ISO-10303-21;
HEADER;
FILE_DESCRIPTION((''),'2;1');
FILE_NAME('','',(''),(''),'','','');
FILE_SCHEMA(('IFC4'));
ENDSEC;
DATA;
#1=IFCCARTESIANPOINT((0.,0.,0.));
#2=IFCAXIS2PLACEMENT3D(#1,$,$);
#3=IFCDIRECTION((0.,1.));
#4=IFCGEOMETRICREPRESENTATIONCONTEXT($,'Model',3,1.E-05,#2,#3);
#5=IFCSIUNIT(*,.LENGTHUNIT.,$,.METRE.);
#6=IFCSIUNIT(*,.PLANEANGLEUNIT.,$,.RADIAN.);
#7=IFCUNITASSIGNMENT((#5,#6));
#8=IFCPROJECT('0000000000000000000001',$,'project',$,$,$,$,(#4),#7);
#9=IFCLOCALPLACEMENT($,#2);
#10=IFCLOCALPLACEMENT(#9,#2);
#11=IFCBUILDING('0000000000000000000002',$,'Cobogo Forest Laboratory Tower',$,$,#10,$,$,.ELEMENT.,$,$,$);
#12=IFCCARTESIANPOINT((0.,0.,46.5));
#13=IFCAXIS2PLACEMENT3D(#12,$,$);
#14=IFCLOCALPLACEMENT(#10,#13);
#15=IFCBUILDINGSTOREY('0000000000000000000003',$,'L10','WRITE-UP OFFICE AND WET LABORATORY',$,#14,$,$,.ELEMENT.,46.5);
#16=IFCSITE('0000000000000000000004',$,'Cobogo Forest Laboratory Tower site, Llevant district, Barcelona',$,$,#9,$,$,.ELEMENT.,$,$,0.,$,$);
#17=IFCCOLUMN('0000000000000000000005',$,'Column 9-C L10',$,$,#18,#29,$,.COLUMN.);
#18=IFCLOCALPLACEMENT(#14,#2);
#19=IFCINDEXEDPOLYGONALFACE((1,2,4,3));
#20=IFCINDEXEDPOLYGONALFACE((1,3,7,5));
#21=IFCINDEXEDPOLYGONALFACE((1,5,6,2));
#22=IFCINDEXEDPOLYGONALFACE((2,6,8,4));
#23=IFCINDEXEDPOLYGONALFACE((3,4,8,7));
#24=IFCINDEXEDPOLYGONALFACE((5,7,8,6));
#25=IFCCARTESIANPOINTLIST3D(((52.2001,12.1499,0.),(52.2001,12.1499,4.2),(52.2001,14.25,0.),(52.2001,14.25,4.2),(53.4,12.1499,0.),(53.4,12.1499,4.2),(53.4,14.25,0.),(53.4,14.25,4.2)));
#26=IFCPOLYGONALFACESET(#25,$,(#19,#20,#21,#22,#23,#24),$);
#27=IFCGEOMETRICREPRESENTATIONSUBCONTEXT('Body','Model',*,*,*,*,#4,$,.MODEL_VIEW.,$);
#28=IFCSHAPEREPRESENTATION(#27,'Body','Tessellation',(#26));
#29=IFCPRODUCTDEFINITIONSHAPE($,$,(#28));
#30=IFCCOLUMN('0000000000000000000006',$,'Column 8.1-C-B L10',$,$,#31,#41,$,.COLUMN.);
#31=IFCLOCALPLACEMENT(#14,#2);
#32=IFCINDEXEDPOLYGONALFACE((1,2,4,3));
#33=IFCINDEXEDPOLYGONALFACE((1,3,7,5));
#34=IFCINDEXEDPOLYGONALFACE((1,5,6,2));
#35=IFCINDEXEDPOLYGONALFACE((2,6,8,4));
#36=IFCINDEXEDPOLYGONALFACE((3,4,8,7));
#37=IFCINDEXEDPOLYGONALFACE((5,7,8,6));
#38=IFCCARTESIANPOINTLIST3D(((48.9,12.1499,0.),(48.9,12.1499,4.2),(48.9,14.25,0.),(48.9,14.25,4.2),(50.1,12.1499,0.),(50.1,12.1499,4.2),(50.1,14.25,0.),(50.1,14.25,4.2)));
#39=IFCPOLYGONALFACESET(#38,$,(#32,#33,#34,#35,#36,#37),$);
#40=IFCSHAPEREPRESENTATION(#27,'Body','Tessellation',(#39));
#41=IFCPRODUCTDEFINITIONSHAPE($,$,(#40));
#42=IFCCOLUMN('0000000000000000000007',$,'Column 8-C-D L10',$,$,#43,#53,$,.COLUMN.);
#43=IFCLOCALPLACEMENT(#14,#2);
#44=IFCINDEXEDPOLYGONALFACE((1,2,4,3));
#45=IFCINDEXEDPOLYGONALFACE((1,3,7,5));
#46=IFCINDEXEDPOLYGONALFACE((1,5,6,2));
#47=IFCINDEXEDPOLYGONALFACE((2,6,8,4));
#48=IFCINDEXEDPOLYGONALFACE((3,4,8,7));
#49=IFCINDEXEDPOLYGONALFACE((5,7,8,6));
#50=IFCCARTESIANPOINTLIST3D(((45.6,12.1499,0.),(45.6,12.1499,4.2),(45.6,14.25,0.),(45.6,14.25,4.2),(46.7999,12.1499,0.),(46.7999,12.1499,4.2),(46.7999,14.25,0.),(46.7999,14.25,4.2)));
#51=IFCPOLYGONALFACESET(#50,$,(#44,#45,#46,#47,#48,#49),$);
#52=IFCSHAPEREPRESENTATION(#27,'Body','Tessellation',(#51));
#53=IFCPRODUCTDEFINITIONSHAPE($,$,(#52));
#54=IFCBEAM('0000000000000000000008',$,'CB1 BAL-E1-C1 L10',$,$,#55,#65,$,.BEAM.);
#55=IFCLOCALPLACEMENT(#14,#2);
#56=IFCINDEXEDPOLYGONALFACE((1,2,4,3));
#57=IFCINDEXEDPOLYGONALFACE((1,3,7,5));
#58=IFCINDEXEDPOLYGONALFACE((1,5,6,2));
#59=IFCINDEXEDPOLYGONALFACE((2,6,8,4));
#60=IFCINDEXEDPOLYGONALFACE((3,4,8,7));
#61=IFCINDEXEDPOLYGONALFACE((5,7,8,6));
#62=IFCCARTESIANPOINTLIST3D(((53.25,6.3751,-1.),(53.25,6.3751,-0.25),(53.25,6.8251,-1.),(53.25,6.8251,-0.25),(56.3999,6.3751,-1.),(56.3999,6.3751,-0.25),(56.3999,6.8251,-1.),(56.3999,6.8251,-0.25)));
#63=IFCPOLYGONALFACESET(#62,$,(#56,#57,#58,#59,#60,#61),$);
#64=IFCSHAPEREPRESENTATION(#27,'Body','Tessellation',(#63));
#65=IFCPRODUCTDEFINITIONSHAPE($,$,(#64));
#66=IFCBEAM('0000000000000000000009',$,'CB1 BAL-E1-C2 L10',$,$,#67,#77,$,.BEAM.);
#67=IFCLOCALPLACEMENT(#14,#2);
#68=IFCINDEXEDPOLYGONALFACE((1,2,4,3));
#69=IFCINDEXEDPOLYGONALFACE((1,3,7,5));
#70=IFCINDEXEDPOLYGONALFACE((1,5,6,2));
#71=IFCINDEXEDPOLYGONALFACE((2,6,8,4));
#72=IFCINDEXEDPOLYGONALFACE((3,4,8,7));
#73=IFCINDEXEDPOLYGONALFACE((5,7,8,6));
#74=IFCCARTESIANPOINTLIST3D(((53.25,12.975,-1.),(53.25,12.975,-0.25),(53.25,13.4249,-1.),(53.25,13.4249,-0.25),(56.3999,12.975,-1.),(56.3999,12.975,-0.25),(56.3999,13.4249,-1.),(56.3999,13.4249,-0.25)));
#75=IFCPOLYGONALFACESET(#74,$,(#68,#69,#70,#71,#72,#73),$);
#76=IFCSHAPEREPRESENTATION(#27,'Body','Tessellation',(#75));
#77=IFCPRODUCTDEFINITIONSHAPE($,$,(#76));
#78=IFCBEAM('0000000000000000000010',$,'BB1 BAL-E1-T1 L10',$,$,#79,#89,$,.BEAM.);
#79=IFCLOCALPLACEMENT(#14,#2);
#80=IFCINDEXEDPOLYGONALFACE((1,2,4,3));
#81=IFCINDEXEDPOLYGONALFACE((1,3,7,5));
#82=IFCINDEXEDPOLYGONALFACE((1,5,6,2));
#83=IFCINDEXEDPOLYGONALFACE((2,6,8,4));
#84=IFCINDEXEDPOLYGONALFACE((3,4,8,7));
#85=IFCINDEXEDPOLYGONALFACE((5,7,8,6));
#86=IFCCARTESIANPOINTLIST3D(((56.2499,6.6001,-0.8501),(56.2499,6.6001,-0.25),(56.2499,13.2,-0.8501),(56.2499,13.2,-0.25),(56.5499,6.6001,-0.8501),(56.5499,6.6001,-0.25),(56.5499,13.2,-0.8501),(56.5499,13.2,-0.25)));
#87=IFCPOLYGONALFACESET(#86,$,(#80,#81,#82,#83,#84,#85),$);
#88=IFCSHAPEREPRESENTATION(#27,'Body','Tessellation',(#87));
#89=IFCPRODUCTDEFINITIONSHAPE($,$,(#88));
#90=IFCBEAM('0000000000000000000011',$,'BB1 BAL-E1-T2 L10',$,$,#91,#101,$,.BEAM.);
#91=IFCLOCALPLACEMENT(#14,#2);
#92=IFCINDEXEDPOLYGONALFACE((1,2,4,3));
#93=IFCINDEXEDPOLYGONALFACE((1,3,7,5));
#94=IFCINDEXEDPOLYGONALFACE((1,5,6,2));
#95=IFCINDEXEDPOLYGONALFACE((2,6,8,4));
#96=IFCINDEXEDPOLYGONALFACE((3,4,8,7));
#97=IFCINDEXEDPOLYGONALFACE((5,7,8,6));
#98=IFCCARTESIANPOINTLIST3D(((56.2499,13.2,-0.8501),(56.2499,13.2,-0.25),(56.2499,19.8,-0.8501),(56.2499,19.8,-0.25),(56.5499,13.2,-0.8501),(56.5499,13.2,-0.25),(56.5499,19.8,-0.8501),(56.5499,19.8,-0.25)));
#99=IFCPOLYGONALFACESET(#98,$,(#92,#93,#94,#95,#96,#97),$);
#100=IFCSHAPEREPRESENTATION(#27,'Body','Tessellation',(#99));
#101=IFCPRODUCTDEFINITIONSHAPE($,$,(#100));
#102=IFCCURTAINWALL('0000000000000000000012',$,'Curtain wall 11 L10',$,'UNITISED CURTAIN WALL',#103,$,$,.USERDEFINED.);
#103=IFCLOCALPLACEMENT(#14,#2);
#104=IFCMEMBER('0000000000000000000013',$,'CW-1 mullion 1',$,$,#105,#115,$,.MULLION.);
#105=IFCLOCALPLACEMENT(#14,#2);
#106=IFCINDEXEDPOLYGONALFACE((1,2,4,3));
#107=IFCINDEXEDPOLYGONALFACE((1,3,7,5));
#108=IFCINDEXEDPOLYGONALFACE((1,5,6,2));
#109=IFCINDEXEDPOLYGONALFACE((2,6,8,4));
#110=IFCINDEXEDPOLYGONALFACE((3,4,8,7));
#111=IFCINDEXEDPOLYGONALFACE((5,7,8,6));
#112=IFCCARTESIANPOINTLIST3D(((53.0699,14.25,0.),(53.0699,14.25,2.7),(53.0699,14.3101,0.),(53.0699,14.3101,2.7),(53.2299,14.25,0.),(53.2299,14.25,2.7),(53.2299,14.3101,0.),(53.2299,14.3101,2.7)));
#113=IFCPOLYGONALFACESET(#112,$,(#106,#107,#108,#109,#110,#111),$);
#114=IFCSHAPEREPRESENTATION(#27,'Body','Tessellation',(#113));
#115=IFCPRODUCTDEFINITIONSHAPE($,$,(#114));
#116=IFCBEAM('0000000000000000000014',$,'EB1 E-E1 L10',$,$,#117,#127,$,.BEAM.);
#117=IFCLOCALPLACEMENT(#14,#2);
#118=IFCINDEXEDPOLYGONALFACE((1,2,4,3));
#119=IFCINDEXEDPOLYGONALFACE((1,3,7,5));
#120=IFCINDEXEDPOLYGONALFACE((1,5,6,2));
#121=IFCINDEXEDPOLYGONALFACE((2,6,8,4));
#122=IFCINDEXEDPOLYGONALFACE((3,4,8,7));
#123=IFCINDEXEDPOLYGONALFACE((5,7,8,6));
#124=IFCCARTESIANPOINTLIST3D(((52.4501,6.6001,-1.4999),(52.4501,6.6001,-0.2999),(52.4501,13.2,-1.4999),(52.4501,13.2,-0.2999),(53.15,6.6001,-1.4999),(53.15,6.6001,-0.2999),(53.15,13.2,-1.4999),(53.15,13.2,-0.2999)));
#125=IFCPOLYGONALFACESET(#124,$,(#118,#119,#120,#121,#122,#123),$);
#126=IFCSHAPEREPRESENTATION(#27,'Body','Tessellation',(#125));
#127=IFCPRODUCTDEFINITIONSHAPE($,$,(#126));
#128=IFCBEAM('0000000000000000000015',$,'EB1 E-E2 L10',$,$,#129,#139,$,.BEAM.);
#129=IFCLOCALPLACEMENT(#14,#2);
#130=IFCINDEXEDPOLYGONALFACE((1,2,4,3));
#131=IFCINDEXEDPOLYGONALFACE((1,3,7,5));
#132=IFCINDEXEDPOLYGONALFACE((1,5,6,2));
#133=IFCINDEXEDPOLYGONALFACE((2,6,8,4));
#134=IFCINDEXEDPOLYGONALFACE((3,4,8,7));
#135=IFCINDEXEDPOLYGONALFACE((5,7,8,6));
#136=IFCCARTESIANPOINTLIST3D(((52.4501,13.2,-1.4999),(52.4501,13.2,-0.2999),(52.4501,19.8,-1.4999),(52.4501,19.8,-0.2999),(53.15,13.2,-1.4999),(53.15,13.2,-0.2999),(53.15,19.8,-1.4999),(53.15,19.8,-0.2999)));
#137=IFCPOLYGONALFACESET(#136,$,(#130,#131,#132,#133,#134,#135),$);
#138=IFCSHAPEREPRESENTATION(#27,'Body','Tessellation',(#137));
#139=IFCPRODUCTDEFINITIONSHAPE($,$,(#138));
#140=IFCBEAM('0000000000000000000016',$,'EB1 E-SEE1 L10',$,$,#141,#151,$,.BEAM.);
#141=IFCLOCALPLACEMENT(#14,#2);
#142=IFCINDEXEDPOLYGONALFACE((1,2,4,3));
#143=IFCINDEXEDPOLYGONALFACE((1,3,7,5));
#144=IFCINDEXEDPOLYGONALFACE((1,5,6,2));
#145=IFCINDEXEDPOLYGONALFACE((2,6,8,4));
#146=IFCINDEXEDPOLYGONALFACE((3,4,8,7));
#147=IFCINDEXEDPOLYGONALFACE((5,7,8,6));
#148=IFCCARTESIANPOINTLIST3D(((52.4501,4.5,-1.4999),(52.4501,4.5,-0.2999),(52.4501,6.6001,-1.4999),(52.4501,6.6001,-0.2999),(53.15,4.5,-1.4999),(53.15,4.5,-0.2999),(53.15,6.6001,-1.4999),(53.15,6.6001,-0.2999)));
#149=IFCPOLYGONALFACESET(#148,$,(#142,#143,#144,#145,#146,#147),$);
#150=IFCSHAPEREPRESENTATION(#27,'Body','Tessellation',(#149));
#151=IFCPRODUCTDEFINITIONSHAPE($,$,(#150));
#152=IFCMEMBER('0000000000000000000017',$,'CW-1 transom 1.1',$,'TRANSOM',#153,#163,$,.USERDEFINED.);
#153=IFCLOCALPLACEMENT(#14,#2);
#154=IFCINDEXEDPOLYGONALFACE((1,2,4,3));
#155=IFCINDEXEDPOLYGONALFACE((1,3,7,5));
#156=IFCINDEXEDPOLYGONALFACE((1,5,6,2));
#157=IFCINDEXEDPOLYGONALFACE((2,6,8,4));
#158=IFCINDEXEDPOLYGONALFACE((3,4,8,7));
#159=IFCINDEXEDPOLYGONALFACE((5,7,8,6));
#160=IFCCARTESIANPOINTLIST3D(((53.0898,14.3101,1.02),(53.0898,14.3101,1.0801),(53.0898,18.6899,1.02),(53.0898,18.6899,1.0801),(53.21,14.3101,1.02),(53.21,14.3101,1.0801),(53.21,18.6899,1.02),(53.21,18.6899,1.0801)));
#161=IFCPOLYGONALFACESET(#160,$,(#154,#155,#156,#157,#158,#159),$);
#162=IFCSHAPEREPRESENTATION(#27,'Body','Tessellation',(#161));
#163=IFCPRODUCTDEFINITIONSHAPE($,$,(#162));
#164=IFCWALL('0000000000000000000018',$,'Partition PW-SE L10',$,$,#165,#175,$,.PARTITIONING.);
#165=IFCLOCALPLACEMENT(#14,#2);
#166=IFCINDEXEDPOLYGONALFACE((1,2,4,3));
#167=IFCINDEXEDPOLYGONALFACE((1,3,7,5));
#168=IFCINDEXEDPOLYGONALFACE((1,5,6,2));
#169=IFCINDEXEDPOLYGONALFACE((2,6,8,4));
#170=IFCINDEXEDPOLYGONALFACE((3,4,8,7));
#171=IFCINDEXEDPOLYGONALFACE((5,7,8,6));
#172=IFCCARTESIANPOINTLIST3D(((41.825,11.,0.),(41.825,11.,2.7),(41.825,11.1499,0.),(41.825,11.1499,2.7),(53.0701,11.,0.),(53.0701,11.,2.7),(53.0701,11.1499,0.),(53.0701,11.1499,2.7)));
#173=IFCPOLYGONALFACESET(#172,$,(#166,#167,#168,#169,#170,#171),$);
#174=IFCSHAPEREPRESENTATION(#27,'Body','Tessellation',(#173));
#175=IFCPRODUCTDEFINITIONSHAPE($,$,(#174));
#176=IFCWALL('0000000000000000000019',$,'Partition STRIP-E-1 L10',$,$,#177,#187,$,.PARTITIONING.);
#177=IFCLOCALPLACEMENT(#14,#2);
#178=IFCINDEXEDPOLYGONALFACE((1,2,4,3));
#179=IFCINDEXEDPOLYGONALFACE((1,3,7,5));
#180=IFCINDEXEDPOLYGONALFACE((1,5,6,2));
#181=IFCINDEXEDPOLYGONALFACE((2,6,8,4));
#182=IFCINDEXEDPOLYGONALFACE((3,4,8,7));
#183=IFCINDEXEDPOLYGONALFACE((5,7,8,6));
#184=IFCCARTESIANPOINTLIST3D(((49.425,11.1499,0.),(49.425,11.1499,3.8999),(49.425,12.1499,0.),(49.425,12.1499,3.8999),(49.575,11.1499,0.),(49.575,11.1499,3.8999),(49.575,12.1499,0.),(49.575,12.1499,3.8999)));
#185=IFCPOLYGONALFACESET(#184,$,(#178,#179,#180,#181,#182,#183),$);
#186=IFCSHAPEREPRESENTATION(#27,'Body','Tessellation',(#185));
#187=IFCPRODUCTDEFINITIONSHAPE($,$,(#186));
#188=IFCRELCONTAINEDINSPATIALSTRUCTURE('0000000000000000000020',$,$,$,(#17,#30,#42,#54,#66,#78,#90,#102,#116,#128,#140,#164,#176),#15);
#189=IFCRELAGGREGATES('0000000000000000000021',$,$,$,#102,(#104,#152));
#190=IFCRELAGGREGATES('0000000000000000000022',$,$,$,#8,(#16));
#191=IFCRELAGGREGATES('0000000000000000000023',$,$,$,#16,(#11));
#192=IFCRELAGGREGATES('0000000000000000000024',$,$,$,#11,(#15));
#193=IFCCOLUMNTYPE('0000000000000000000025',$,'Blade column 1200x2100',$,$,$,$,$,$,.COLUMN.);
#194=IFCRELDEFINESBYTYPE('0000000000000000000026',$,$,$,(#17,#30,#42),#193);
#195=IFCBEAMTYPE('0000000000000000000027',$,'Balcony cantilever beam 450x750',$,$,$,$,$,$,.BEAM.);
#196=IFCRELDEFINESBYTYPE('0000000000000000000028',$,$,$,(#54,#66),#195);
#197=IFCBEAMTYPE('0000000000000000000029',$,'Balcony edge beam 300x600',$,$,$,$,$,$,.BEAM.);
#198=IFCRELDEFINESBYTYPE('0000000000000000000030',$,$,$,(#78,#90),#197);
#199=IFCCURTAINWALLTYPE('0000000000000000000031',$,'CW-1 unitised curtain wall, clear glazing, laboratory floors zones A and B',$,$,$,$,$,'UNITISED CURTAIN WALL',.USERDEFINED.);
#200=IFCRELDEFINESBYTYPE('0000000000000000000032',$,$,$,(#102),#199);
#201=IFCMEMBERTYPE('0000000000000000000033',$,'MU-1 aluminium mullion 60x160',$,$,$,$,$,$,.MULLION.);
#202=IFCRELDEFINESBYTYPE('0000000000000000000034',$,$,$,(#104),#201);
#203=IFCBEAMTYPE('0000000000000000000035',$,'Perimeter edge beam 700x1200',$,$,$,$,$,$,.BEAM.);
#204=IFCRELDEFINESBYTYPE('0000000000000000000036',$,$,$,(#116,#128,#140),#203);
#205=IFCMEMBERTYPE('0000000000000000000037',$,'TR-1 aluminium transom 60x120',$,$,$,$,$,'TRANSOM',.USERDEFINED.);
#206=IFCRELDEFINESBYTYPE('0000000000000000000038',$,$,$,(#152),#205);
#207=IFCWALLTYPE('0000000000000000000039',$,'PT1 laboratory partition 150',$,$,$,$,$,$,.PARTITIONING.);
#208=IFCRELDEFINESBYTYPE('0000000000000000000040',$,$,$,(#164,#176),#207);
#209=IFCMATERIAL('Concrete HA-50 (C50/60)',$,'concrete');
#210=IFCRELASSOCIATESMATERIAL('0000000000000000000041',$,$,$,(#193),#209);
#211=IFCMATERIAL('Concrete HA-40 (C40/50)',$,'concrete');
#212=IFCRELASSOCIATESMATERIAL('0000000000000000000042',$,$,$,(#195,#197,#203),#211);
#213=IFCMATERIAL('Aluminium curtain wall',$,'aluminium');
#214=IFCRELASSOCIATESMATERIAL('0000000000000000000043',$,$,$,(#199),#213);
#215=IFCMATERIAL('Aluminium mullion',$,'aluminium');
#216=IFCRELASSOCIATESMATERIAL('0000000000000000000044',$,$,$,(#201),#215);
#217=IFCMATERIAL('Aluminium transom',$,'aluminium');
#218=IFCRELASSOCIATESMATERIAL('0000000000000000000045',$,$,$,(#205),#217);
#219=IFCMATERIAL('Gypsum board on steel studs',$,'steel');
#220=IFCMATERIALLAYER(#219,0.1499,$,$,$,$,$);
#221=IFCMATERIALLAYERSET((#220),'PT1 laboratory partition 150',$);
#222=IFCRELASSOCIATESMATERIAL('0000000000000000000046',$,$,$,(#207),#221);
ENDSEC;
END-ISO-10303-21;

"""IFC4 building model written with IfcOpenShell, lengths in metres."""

from ifc_helpers import new_model, si_unit, direction, frame, frame_2d, origin, origin_2d, place, context, subcontext, project, spatial, rectangle, extrude, material, layer, layer_set, material_profile, profile_set, type_object, element, aggregate, save


model = new_model("IFC4")

# Units and contexts
model_context = context("Model", 3, precision=1e-05, world=origin(), true_north=direction((0.0, 1.0)))
body_context = subcontext(model_context, "Body", "Model", "MODEL_VIEW")
ifc_project = project(units=[si_unit("LENGTHUNIT", "METRE"), si_unit("PLANEANGLEUNIT", "RADIAN")], contexts=[model_context])

# Site, building, storey
site_placement = place(None, origin())
site = spatial("IfcSite", under=ifc_project, at=site_placement, Name="Cobogo Forest Laboratory Tower site, Llevant district, Barcelona", CompositionType="ELEMENT", RefElevation=0.0)
building_placement = place(site_placement, origin())
building = spatial("IfcBuilding", under=site, at=building_placement, Name="Cobogo Forest Laboratory Tower", CompositionType="ELEMENT")
storey_placement = place(building_placement, frame((0.0, 0.0, 46.5)))
storey = spatial("IfcBuildingStorey", under=building, at=storey_placement, Name="L10", Description="WRITE-UP OFFICE AND WET LABORATORY", CompositionType="ELEMENT", Elevation=46.5)

# Columns
ifc_material_1 = material(Name="Concrete HA-50 (C50/60)", Category="concrete")
ifc_material_profile_1 = material_profile(ifc_material_1, rectangle(XDim=2.1001, YDim=1.2, at=origin_2d()), Name="RC 1200x2100")
ifc_profile_set_1 = profile_set([ifc_material_profile_1], Name="Concrete HA-50 (C50/60)")
column_type = type_object("IfcColumnType", Name="Blade column 1200x2100", PredefinedType="COLUMN", material=ifc_profile_set_1)
for number, where, z_axis, x_axis, name in (
    (1, (52.8, 13.2, 0.0), (0.0, 0.0, 1.0), (0.0, 1.0, 0.0), "Column 9-C L10"),
    (2, (49.5, 13.2, 0.0), (0.0, 0.0, 1.0), (0.0, 1.0, 0.0), "Column 8.1-C-B L10"),
    (3, (46.2, 13.2, 0.0), (0.0, 0.0, 1.0), (0.0, 1.0, 0.0), "Column 8-C-D L10"),
):
    element("IfcColumn", number, at=place(storey_placement, frame(where, z_axis=z_axis, x_axis=x_axis)), inside=storey, type_object=column_type, Name=name, PredefinedType="COLUMN", context=body_context, shape_type="SweptSolid", body=[
        extrude(rectangle(XDim=2.1001, YDim=1.2, at=origin_2d()), origin(), (0.0, 0.0, 1.0), 4.2),
    ])

# Beams
ifc_material_2 = material(Name="Concrete HA-40 (C40/50)", Category="concrete")
ifc_material_profile_2 = material_profile(ifc_material_2, rectangle(XDim=0.45, YDim=0.75, at=origin_2d()), Name="RC 450x750")
ifc_profile_set_2 = profile_set([ifc_material_profile_2], Name="Concrete HA-40 (C40/50)")
beam_type_1 = type_object("IfcBeamType", Name="Balcony cantilever beam 450x750", PredefinedType="BEAM", material=ifc_profile_set_2)
for number, where, z_axis, x_axis, name in (
    (4, (53.25, 6.6001, -0.625), (1.0, 0.0, 0.0), (0.0, 1.0, 0.0), "CB1 BAL-E1-C1 L10"),
    (5, (53.25, 13.2, -0.625), (1.0, 0.0, 0.0), (0.0, 1.0, 0.0), "CB1 BAL-E1-C2 L10"),
):
    element("IfcBeam", number, at=place(storey_placement, frame(where, z_axis=z_axis, x_axis=x_axis)), inside=storey, type_object=beam_type_1, Name=name, PredefinedType="BEAM", context=body_context, shape_type="SweptSolid", body=[
        extrude(rectangle(XDim=0.45, YDim=0.75, at=origin_2d()), origin(), (0.0, 0.0, 1.0), 3.1499),
    ])
ifc_material_profile_3 = material_profile(ifc_material_2, rectangle(XDim=0.3, YDim=0.6001, at=origin_2d()), Name="RC 300x600")
ifc_profile_set_3 = profile_set([ifc_material_profile_3], Name="Concrete HA-40 (C40/50)")
beam_type_2 = type_object("IfcBeamType", Name="Balcony edge beam 300x600", PredefinedType="BEAM", material=ifc_profile_set_3)
beam_1_placement = place(storey_placement, frame((56.3999, 6.6001, -0.55), z_axis=(0.0, 1.0, 0.0), x_axis=(-1.0, 0.0, 0.0)))
element("IfcBeam", 6, at=beam_1_placement, inside=storey, type_object=beam_type_2, Name="BB1 BAL-E1-T1 L10", PredefinedType="BEAM", context=body_context, shape_type="SweptSolid", body=[
    extrude(rectangle(XDim=0.3, YDim=0.6001, at=origin_2d()), origin(), (0.0, 0.0, 1.0), 6.5999),
])
beam_2_placement = place(storey_placement, frame((56.3999, 13.2, -0.55), z_axis=(0.0, 1.0, 0.0), x_axis=(-1.0, 0.0, 0.0)))
element("IfcBeam", 7, at=beam_2_placement, inside=storey, type_object=beam_type_2, Name="BB1 BAL-E1-T2 L10", PredefinedType="BEAM", context=body_context, shape_type="SweptSolid", body=[
    extrude(rectangle(XDim=0.3, YDim=0.6001, at=origin_2d()), origin(), (0.0, 0.0, 1.0), 6.6001),
])

# Curtain wall, member
ifc_material_3 = material(Name="Aluminium curtain wall", Category="aluminium")
curtain_wall_type = type_object("IfcCurtainWallType", Name="CW-1 unitised curtain wall, clear glazing, laboratory floors zones A and B", ElementType="UNITISED CURTAIN WALL", PredefinedType="USERDEFINED", material=ifc_material_3)
curtain_wall_placement = place(storey_placement, origin())
curtain_wall = element("IfcCurtainWall", 8, at=curtain_wall_placement, inside=storey, type_object=curtain_wall_type, Name="Curtain wall 11 L10", ObjectType="UNITISED CURTAIN WALL", PredefinedType="USERDEFINED")
ifc_material_4 = material(Name="Aluminium mullion", Category="aluminium")
ifc_material_profile_4 = material_profile(ifc_material_4, rectangle(XDim=0.0601, YDim=0.1599, at=origin_2d()), Name="AL 60x160")
ifc_profile_set_4 = profile_set([ifc_material_profile_4], Name="Aluminium mullion")
member_type_1 = type_object("IfcMemberType", Name="MU-1 aluminium mullion 60x160", PredefinedType="MULLION", material=ifc_profile_set_4)
member_1_placement = place(storey_placement, frame((53.1499, 14.28, 0.0), z_axis=(0.0, 0.0, 1.0), x_axis=(0.0, 1.0, 0.0)))
member_1 = element("IfcMember", 9, at=member_1_placement, type_object=member_type_1, Name="CW-1 mullion 1", PredefinedType="MULLION", context=body_context, shape_type="SweptSolid", body=[
    extrude(rectangle(XDim=0.0601, YDim=0.1599, at=origin_2d()), origin(), (0.0, 0.0, 1.0), 2.7),
])

# Beams
ifc_material_profile_5 = material_profile(ifc_material_2, rectangle(XDim=0.7, YDim=1.2, at=origin_2d()), Name="RC 700x1200")
ifc_profile_set_5 = profile_set([ifc_material_profile_5], Name="Concrete HA-40 (C40/50)")
beam_type_3 = type_object("IfcBeamType", Name="Perimeter edge beam 700x1200", PredefinedType="BEAM", material=ifc_profile_set_5)
beam_3_placement = place(storey_placement, frame((52.8, 6.6001, -0.8999), z_axis=(0.0, 1.0, 0.0), x_axis=(-1.0, 0.0, 0.0)))
element("IfcBeam", 10, at=beam_3_placement, inside=storey, type_object=beam_type_3, Name="EB1 E-E1 L10", PredefinedType="BEAM", context=body_context, shape_type="SweptSolid", body=[
    extrude(rectangle(XDim=0.7, YDim=1.2, at=origin_2d()), origin(), (0.0, 0.0, 1.0), 6.5999),
])
beam_4_placement = place(storey_placement, frame((52.8, 13.2, -0.8999), z_axis=(0.0, 1.0, 0.0), x_axis=(-1.0, 0.0, 0.0)))
element("IfcBeam", 11, at=beam_4_placement, inside=storey, type_object=beam_type_3, Name="EB1 E-E2 L10", PredefinedType="BEAM", context=body_context, shape_type="SweptSolid", body=[
    extrude(rectangle(XDim=0.7, YDim=1.2, at=origin_2d()), origin(), (0.0, 0.0, 1.0), 6.6001),
])
beam_5_placement = place(storey_placement, frame((52.8, 6.6001, -0.8999), z_axis=(0.0, -1.0, 0.0), x_axis=(1.0, 0.0, 0.0)))
element("IfcBeam", 12, at=beam_5_placement, inside=storey, type_object=beam_type_3, Name="EB1 E-SEE1 L10", PredefinedType="BEAM", context=body_context, shape_type="SweptSolid", body=[
    extrude(rectangle(XDim=0.7, YDim=1.2, at=origin_2d()), origin(), (0.0, 0.0, 1.0), 2.1001),
])

# Member
ifc_material_5 = material(Name="Aluminium transom", Category="aluminium")
ifc_material_profile_6 = material_profile(ifc_material_5, rectangle(XDim=0.1201, YDim=0.0601, at=origin_2d()), Name="AL 60x120")
ifc_profile_set_6 = profile_set([ifc_material_profile_6], Name="Aluminium transom")
member_type_2 = type_object("IfcMemberType", Name="TR-1 aluminium transom 60x120", ElementType="TRANSOM", PredefinedType="USERDEFINED", material=ifc_profile_set_6)
member_2_placement = place(storey_placement, frame((53.1499, 14.3101, 1.05), z_axis=(0.0, 1.0, 0.0), x_axis=(-1.0, 0.0, 0.0)))
member_2 = element("IfcMember", 13, at=member_2_placement, type_object=member_type_2, Name="CW-1 transom 1.1", ObjectType="TRANSOM", PredefinedType="USERDEFINED", context=body_context, shape_type="SweptSolid", body=[
    extrude(rectangle(XDim=0.1201, YDim=0.0601, at=origin_2d()), origin(), (0.0, 0.0, 1.0), 4.3799),
])
aggregate(curtain_wall, [member_1, member_2])

# Walls
ifc_material_6 = material(Name="Gypsum board on steel studs", Category="steel")
ifc_layer_1 = layer(ifc_material_6, 0.1499)
ifc_layer_set_1 = layer_set([ifc_layer_1], Name="PT1 laboratory partition 150")
wall_type_1 = type_object("IfcWallType", Name="PT1 laboratory partition 150", PredefinedType="PARTITIONING", material=ifc_layer_set_1)
wall_1_placement = place(storey_placement, frame((53.0701, 11.075, 0.0), z_axis=(0.0, 0.0, 1.0), x_axis=(-1.0, 0.0, 0.0)))
element("IfcWall", 14, at=wall_1_placement, inside=storey, type_object=wall_type_1, Name="Partition PW-SE L10", PredefinedType="PARTITIONING", context=body_context, shape_type="SweptSolid", body=[
    extrude(rectangle(XDim=11.2451, YDim=0.1499, at=frame_2d((5.6226, 0.0))), origin(), (0.0, 0.0, 1.0), 2.7),
])
wall_2_placement = place(storey_placement, frame((49.5, 11.1499, 0.0), z_axis=(0.0, 0.0, 1.0), x_axis=(0.0, 1.0, 0.0)))
element("IfcWall", 15, at=wall_2_placement, inside=storey, type_object=wall_type_1, Name="Partition STRIP-E-1 L10", PredefinedType="PARTITIONING", context=body_context, shape_type="SweptSolid", body=[
    extrude(rectangle(XDim=1.0, YDim=0.1499, at=frame_2d((0.5, 0.0))), origin(), (0.0, 0.0, 1.0), 3.8999),
])

save(model, "model.ifc")
